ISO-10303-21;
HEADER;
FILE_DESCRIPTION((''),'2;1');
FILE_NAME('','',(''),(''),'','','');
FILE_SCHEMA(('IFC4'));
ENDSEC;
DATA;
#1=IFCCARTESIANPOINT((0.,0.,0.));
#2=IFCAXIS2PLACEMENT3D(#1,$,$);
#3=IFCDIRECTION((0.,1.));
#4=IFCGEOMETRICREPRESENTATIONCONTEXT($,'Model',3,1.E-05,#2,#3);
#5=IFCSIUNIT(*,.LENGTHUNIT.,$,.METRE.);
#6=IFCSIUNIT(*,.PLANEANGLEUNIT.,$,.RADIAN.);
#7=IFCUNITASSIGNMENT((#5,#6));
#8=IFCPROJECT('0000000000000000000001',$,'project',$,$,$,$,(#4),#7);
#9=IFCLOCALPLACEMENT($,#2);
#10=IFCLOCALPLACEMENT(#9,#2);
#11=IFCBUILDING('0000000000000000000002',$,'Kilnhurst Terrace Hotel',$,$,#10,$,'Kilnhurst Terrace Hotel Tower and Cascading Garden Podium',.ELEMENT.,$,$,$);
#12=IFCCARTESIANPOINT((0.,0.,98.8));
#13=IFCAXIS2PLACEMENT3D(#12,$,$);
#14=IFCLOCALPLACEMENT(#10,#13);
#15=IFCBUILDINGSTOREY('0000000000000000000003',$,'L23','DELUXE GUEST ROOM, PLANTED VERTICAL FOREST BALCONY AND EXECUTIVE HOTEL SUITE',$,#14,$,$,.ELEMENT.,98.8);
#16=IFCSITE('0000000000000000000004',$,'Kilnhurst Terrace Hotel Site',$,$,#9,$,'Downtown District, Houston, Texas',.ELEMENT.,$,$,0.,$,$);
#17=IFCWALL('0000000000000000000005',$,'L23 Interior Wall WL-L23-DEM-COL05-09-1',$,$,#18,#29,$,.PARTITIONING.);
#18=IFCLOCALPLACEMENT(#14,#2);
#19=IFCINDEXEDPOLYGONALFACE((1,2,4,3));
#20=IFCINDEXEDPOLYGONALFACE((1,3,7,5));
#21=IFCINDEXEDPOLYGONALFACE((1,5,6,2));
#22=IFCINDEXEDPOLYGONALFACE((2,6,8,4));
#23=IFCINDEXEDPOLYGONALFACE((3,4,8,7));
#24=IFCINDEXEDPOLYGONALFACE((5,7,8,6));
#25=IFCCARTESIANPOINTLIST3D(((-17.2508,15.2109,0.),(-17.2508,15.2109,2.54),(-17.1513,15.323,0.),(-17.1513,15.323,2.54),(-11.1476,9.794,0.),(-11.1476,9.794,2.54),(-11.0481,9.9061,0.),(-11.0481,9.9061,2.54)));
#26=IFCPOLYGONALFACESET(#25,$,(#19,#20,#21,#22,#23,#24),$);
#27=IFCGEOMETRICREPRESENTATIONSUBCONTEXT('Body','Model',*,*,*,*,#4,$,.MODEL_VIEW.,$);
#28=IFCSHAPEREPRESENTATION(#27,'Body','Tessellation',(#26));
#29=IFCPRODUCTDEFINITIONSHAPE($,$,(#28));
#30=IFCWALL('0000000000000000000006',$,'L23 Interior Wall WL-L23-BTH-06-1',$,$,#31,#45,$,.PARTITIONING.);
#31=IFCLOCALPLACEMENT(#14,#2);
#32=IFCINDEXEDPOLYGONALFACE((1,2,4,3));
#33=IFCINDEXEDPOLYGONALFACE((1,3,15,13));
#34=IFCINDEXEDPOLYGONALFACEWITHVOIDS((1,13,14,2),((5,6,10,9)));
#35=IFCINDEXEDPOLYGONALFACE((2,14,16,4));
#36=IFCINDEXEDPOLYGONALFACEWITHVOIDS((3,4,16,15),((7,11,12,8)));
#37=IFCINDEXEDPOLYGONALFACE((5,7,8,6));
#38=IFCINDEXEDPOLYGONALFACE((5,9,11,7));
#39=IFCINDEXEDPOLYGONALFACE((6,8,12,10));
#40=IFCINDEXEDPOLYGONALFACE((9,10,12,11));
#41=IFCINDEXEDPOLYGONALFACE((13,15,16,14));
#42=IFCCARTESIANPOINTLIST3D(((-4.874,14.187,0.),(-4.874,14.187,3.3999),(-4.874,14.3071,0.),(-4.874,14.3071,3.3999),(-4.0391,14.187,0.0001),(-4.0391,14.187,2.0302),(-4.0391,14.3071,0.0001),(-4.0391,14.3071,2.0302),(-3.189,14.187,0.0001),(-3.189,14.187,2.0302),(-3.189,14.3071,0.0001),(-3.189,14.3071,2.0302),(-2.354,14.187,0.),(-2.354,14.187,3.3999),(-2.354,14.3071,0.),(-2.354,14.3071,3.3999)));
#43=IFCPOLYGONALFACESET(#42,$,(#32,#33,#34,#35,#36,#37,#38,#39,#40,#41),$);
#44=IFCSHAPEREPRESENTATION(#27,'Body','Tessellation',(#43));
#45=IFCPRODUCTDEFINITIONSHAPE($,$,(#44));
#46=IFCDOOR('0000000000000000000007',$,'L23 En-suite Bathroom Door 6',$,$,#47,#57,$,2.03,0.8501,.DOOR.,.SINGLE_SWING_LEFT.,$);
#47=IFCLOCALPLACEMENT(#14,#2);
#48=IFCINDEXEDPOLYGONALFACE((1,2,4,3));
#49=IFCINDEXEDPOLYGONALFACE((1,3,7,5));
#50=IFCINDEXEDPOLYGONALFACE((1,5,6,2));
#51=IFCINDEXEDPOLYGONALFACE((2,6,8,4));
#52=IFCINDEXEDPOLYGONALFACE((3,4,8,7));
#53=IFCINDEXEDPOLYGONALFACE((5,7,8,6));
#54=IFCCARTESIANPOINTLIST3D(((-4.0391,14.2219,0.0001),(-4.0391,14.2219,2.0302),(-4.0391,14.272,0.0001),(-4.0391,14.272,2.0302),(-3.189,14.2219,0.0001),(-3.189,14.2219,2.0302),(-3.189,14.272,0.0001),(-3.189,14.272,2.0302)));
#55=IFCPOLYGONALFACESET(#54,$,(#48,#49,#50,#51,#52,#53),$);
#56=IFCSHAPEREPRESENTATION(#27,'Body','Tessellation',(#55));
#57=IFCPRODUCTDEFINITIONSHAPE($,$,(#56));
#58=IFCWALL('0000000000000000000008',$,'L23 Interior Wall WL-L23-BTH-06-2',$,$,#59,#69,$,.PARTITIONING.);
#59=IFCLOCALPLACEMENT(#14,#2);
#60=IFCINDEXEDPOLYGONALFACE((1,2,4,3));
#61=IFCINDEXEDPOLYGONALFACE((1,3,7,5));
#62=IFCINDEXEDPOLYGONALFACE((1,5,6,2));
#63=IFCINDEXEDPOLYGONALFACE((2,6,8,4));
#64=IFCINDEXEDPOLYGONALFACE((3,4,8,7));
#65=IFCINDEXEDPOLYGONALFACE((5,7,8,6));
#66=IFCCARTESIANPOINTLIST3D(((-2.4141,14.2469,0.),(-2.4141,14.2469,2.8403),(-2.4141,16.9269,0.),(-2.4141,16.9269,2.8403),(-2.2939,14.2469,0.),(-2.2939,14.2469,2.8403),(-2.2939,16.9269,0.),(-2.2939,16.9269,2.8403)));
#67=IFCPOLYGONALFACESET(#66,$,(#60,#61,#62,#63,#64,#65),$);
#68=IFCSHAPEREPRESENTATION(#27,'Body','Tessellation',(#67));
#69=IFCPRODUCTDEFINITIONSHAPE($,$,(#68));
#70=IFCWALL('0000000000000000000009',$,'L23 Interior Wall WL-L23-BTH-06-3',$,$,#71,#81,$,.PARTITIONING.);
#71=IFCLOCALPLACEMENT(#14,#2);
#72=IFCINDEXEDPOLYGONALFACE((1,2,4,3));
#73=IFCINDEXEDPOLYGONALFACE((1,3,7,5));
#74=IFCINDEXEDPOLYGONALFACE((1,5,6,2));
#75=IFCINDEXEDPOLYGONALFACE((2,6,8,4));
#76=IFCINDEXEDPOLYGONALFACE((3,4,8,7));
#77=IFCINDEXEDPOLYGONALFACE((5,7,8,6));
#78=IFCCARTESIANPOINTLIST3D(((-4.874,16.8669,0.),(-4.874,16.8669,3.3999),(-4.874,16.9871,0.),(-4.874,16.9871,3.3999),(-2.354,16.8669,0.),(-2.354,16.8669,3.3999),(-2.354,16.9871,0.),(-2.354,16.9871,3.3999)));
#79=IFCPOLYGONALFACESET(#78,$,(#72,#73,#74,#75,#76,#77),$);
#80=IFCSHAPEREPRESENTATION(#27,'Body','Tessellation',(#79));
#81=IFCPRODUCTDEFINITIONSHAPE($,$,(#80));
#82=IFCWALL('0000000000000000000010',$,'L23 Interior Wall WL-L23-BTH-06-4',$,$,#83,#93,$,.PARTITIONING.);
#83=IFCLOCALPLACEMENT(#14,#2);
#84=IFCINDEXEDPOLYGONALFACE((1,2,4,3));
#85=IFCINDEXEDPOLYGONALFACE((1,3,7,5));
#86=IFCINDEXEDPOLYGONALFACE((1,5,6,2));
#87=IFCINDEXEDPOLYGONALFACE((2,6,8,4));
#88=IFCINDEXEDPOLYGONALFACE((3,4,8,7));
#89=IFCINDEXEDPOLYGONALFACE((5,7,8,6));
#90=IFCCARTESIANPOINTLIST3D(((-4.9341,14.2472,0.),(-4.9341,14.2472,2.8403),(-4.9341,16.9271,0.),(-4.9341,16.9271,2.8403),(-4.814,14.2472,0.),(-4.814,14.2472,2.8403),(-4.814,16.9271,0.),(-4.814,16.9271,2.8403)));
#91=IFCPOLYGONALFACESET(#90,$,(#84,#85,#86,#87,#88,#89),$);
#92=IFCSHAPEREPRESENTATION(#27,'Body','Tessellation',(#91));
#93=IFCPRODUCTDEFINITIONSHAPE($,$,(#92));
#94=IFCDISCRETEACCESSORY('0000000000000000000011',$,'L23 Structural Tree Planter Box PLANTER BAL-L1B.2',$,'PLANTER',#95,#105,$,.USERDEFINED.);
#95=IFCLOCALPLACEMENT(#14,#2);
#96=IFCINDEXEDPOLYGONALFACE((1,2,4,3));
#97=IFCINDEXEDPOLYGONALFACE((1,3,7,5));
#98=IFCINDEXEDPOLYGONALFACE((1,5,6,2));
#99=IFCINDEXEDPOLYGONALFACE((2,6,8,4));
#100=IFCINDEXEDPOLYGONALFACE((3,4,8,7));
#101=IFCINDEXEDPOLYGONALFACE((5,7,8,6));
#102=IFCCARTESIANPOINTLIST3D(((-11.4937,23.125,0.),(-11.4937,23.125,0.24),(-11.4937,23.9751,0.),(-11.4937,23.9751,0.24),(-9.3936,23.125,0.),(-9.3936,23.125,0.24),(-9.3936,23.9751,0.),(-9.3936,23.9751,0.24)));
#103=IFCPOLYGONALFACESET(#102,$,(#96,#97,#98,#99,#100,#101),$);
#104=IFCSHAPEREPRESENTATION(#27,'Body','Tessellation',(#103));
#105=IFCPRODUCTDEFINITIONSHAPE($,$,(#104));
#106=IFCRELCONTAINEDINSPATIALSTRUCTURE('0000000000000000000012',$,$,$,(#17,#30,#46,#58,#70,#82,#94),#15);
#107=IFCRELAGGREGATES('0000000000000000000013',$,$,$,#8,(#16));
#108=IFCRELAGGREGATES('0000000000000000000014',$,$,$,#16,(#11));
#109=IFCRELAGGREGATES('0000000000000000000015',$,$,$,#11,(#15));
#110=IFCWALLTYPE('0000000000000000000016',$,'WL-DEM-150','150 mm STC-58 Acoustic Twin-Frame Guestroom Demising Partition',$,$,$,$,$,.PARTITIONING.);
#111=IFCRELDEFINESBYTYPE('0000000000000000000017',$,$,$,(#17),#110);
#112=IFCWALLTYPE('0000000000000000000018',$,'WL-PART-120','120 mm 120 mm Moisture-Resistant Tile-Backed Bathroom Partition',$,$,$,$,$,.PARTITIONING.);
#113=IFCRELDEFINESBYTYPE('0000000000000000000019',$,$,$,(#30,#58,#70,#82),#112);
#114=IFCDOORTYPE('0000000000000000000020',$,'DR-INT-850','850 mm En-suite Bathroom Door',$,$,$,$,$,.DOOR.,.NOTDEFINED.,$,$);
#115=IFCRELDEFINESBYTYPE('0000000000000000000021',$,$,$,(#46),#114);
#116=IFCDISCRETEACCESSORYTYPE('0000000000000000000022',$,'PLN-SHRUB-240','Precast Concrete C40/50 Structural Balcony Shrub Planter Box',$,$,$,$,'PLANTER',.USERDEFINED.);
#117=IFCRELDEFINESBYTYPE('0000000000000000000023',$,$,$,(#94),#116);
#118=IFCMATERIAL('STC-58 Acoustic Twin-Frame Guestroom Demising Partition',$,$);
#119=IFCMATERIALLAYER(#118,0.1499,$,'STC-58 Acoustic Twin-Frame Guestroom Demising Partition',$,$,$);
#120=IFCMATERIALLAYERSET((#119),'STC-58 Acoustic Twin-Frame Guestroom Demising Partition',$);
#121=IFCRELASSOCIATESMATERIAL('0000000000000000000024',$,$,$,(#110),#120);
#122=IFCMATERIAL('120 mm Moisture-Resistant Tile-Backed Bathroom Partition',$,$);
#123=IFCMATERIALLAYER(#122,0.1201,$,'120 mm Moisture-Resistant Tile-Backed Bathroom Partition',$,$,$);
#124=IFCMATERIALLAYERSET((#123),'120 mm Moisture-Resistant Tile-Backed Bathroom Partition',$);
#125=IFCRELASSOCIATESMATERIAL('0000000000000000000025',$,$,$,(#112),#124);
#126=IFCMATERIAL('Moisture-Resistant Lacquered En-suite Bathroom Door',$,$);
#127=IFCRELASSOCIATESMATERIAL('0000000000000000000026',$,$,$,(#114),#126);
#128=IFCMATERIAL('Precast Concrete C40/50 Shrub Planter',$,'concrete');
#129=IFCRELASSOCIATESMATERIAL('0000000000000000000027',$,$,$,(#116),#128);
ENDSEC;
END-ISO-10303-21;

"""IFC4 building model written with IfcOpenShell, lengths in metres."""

from ifc_helpers import new_model, si_unit, direction, frame, frame_2d, origin, origin_2d, place, context, subcontext, project, spatial, rectangle, extrude, material, layer, layer_set, type_object, element, fill, save


model = new_model("IFC4")

# Units and contexts
model_context = context("Model", 3, precision=1e-05, world=origin(), true_north=direction((0.0, 1.0)))
body_context = subcontext(model_context, "Body", "Model", "MODEL_VIEW")
ifc_project = project(units=[si_unit("LENGTHUNIT", "METRE"), si_unit("PLANEANGLEUNIT", "RADIAN")], contexts=[model_context])

# Site, building, storey
site_placement = place(None, origin())
site = spatial("IfcSite", under=ifc_project, at=site_placement, Name="Kilnhurst Terrace Hotel Site", LongName="Downtown District, Houston, Texas", CompositionType="ELEMENT", RefElevation=0.0)
building_placement = place(site_placement, origin())
building = spatial("IfcBuilding", under=site, at=building_placement, Name="Kilnhurst Terrace Hotel", LongName="Kilnhurst Terrace Hotel Tower and Cascading Garden Podium", CompositionType="ELEMENT")
storey_placement = place(building_placement, frame((0.0, 0.0, 98.8)))
storey = spatial("IfcBuildingStorey", under=building, at=storey_placement, Name="L23", Description="DELUXE GUEST ROOM, PLANTED VERTICAL FOREST BALCONY AND EXECUTIVE HOTEL SUITE", CompositionType="ELEMENT", Elevation=98.8)

# Wall
ifc_material_1 = material(Name="STC-58 Acoustic Twin-Frame Guestroom Demising Partition")
ifc_layer_1 = layer(ifc_material_1, 0.1499, Name="STC-58 Acoustic Twin-Frame Guestroom Demising Partition")
ifc_layer_set_1 = layer_set([ifc_layer_1], Name="STC-58 Acoustic Twin-Frame Guestroom Demising Partition")
wall_type_1 = type_object("IfcWallType", Name="WL-DEM-150", Description="150 mm STC-58 Acoustic Twin-Frame Guestroom Demising Partition", PredefinedType="PARTITIONING", material=ifc_layer_set_1)
wall_1_placement = place(storey_placement, frame((-11.0979, 9.8501, 0.0), z_axis=(0.0, 0.0, 1.0), x_axis=(-0.747904, 0.663807, 0.0)))
element("IfcWall", 1, at=wall_1_placement, inside=storey, type_object=wall_type_1, Name="L23 Interior Wall WL-L23-DEM-COL05-09-1", PredefinedType="PARTITIONING", context=body_context, shape_type="SweptSolid", body=[
    extrude(rectangle(XDim=8.1604, YDim=0.1499, at=frame_2d((4.0801, 0.0))), origin(), (0.0, 0.0, 1.0), 2.54),
])

# Wall, opening, door
ifc_material_2 = material(Name="120 mm Moisture-Resistant Tile-Backed Bathroom Partition")
ifc_layer_2 = layer(ifc_material_2, 0.1201, Name="120 mm Moisture-Resistant Tile-Backed Bathroom Partition")
ifc_layer_set_2 = layer_set([ifc_layer_2], Name="120 mm Moisture-Resistant Tile-Backed Bathroom Partition")
wall_type_2 = type_object("IfcWallType", Name="WL-PART-120", Description="120 mm 120 mm Moisture-Resistant Tile-Backed Bathroom Partition", PredefinedType="PARTITIONING", material=ifc_layer_set_2)
wall_2_placement = place(storey_placement, frame((-4.874, 14.2471, 0.0), z_axis=(0.0, 0.0, 1.0), x_axis=(1.0, 0.0, 0.0)))
wall_2 = element("IfcWall", 2, at=wall_2_placement, inside=storey, type_object=wall_type_2, Name="L23 Interior Wall WL-L23-BTH-06-1", PredefinedType="PARTITIONING", context=body_context, shape_type="SweptSolid", body=[
    extrude(rectangle(XDim=2.52, YDim=0.1201, at=frame_2d((1.26, 0.0))), origin(), (0.0, 0.0, 1.0), 3.3999),
])
opening_placement = place(wall_2_placement, frame((0.835, 0.0, 0.0)))
opening = element("IfcOpeningElement", 3, at=opening_placement, cuts=wall_2, PredefinedType="OPENING", context=body_context, shape_type="SweptSolid", body=[
    extrude(rectangle(XDim=0.8501, YDim=2.03, at=frame_2d((0.425, 1.0151))), frame((0.0, 0.0701, 0.0), z_axis=(0.0, -1.0, 0.0), x_axis=(1.0, 0.0, 0.0)), (0.0, 0.0, 1.0), 0.1401),
])
ifc_material_3 = material(Name="Moisture-Resistant Lacquered En-suite Bathroom Door")
door_type = type_object("IfcDoorType", Name="DR-INT-850", Description="850 mm En-suite Bathroom Door", OperationType="NOTDEFINED", PredefinedType="DOOR", material=ifc_material_3)
door_placement = place(opening_placement, origin())
door = element("IfcDoor", 4, at=door_placement, inside=storey, type_object=door_type, Name="L23 En-suite Bathroom Door 6", OperationType="SINGLE_SWING_LEFT", OverallHeight=2.03, OverallWidth=0.8501, PredefinedType="DOOR", context=body_context, shape_type="SweptSolid", body=[
    extrude(rectangle(XDim=0.8501, YDim=2.03, at=frame_2d((0.425, 1.0151))), frame((0.0, 0.0249, 0.0), z_axis=(0.0, -1.0, 0.0), x_axis=(1.0, 0.0, 0.0)), (0.0, 0.0, 1.0), 0.05),
])
fill(opening, door)

# Walls
wall_3_placement = place(storey_placement, frame((-2.354, 14.2471, 0.0), z_axis=(0.0, 0.0, 1.0), x_axis=(0.0, 1.0, 0.0)))
element("IfcWall", 5, at=wall_3_placement, inside=storey, type_object=wall_type_2, Name="L23 Interior Wall WL-L23-BTH-06-2", PredefinedType="PARTITIONING", context=body_context, shape_type="SweptSolid", body=[
    extrude(rectangle(XDim=2.6799, YDim=0.1201, at=frame_2d((1.3398, 0.0))), origin(), (0.0, 0.0, 1.0), 2.8403),
])
wall_4_placement = place(storey_placement, frame((-2.354, 16.927, 0.0), z_axis=(0.0, 0.0, 1.0), x_axis=(-1.0, 0.0, 0.0)))
element("IfcWall", 6, at=wall_4_placement, inside=storey, type_object=wall_type_2, Name="L23 Interior Wall WL-L23-BTH-06-3", PredefinedType="PARTITIONING", context=body_context, shape_type="SweptSolid", body=[
    extrude(rectangle(XDim=2.52, YDim=0.1201, at=frame_2d((1.26, 0.0))), origin(), (0.0, 0.0, 1.0), 3.3999),
])
wall_5_placement = place(storey_placement, frame((-4.874, 16.927, 0.0), z_axis=(0.0, 0.0, 1.0), x_axis=(0.0, -1.0, 0.0)))
element("IfcWall", 7, at=wall_5_placement, inside=storey, type_object=wall_type_2, Name="L23 Interior Wall WL-L23-BTH-06-4", PredefinedType="PARTITIONING", context=body_context, shape_type="SweptSolid", body=[
    extrude(rectangle(XDim=2.6799, YDim=0.1201, at=frame_2d((1.3398, 0.0))), origin(), (0.0, 0.0, 1.0), 2.8403),
])

# Discrete accessory
ifc_material_4 = material(Name="Precast Concrete C40/50 Shrub Planter", Category="concrete")
discrete_accessory_type = type_object("IfcDiscreteAccessoryType", Name="PLN-SHRUB-240", Description="Precast Concrete C40/50 Structural Balcony Shrub Planter Box", ElementType="PLANTER", PredefinedType="USERDEFINED", material=ifc_material_4)
discrete_accessory_placement = place(storey_placement, frame((-10.4436, 23.55, 0.0), z_axis=(0.0, 0.0, 1.0), x_axis=(-1.0, 0.0, 0.0)))
element("IfcDiscreteAccessory", 8, at=discrete_accessory_placement, inside=storey, type_object=discrete_accessory_type, Name="L23 Structural Tree Planter Box PLANTER BAL-L1B.2", ObjectType="PLANTER", PredefinedType="USERDEFINED", context=body_context, shape_type="SweptSolid", body=[
    extrude(rectangle(XDim=2.1001, YDim=0.8501, at=origin_2d()), origin(), (0.0, 0.0, 1.0), 0.24),
])

save(model, "model.ifc")
